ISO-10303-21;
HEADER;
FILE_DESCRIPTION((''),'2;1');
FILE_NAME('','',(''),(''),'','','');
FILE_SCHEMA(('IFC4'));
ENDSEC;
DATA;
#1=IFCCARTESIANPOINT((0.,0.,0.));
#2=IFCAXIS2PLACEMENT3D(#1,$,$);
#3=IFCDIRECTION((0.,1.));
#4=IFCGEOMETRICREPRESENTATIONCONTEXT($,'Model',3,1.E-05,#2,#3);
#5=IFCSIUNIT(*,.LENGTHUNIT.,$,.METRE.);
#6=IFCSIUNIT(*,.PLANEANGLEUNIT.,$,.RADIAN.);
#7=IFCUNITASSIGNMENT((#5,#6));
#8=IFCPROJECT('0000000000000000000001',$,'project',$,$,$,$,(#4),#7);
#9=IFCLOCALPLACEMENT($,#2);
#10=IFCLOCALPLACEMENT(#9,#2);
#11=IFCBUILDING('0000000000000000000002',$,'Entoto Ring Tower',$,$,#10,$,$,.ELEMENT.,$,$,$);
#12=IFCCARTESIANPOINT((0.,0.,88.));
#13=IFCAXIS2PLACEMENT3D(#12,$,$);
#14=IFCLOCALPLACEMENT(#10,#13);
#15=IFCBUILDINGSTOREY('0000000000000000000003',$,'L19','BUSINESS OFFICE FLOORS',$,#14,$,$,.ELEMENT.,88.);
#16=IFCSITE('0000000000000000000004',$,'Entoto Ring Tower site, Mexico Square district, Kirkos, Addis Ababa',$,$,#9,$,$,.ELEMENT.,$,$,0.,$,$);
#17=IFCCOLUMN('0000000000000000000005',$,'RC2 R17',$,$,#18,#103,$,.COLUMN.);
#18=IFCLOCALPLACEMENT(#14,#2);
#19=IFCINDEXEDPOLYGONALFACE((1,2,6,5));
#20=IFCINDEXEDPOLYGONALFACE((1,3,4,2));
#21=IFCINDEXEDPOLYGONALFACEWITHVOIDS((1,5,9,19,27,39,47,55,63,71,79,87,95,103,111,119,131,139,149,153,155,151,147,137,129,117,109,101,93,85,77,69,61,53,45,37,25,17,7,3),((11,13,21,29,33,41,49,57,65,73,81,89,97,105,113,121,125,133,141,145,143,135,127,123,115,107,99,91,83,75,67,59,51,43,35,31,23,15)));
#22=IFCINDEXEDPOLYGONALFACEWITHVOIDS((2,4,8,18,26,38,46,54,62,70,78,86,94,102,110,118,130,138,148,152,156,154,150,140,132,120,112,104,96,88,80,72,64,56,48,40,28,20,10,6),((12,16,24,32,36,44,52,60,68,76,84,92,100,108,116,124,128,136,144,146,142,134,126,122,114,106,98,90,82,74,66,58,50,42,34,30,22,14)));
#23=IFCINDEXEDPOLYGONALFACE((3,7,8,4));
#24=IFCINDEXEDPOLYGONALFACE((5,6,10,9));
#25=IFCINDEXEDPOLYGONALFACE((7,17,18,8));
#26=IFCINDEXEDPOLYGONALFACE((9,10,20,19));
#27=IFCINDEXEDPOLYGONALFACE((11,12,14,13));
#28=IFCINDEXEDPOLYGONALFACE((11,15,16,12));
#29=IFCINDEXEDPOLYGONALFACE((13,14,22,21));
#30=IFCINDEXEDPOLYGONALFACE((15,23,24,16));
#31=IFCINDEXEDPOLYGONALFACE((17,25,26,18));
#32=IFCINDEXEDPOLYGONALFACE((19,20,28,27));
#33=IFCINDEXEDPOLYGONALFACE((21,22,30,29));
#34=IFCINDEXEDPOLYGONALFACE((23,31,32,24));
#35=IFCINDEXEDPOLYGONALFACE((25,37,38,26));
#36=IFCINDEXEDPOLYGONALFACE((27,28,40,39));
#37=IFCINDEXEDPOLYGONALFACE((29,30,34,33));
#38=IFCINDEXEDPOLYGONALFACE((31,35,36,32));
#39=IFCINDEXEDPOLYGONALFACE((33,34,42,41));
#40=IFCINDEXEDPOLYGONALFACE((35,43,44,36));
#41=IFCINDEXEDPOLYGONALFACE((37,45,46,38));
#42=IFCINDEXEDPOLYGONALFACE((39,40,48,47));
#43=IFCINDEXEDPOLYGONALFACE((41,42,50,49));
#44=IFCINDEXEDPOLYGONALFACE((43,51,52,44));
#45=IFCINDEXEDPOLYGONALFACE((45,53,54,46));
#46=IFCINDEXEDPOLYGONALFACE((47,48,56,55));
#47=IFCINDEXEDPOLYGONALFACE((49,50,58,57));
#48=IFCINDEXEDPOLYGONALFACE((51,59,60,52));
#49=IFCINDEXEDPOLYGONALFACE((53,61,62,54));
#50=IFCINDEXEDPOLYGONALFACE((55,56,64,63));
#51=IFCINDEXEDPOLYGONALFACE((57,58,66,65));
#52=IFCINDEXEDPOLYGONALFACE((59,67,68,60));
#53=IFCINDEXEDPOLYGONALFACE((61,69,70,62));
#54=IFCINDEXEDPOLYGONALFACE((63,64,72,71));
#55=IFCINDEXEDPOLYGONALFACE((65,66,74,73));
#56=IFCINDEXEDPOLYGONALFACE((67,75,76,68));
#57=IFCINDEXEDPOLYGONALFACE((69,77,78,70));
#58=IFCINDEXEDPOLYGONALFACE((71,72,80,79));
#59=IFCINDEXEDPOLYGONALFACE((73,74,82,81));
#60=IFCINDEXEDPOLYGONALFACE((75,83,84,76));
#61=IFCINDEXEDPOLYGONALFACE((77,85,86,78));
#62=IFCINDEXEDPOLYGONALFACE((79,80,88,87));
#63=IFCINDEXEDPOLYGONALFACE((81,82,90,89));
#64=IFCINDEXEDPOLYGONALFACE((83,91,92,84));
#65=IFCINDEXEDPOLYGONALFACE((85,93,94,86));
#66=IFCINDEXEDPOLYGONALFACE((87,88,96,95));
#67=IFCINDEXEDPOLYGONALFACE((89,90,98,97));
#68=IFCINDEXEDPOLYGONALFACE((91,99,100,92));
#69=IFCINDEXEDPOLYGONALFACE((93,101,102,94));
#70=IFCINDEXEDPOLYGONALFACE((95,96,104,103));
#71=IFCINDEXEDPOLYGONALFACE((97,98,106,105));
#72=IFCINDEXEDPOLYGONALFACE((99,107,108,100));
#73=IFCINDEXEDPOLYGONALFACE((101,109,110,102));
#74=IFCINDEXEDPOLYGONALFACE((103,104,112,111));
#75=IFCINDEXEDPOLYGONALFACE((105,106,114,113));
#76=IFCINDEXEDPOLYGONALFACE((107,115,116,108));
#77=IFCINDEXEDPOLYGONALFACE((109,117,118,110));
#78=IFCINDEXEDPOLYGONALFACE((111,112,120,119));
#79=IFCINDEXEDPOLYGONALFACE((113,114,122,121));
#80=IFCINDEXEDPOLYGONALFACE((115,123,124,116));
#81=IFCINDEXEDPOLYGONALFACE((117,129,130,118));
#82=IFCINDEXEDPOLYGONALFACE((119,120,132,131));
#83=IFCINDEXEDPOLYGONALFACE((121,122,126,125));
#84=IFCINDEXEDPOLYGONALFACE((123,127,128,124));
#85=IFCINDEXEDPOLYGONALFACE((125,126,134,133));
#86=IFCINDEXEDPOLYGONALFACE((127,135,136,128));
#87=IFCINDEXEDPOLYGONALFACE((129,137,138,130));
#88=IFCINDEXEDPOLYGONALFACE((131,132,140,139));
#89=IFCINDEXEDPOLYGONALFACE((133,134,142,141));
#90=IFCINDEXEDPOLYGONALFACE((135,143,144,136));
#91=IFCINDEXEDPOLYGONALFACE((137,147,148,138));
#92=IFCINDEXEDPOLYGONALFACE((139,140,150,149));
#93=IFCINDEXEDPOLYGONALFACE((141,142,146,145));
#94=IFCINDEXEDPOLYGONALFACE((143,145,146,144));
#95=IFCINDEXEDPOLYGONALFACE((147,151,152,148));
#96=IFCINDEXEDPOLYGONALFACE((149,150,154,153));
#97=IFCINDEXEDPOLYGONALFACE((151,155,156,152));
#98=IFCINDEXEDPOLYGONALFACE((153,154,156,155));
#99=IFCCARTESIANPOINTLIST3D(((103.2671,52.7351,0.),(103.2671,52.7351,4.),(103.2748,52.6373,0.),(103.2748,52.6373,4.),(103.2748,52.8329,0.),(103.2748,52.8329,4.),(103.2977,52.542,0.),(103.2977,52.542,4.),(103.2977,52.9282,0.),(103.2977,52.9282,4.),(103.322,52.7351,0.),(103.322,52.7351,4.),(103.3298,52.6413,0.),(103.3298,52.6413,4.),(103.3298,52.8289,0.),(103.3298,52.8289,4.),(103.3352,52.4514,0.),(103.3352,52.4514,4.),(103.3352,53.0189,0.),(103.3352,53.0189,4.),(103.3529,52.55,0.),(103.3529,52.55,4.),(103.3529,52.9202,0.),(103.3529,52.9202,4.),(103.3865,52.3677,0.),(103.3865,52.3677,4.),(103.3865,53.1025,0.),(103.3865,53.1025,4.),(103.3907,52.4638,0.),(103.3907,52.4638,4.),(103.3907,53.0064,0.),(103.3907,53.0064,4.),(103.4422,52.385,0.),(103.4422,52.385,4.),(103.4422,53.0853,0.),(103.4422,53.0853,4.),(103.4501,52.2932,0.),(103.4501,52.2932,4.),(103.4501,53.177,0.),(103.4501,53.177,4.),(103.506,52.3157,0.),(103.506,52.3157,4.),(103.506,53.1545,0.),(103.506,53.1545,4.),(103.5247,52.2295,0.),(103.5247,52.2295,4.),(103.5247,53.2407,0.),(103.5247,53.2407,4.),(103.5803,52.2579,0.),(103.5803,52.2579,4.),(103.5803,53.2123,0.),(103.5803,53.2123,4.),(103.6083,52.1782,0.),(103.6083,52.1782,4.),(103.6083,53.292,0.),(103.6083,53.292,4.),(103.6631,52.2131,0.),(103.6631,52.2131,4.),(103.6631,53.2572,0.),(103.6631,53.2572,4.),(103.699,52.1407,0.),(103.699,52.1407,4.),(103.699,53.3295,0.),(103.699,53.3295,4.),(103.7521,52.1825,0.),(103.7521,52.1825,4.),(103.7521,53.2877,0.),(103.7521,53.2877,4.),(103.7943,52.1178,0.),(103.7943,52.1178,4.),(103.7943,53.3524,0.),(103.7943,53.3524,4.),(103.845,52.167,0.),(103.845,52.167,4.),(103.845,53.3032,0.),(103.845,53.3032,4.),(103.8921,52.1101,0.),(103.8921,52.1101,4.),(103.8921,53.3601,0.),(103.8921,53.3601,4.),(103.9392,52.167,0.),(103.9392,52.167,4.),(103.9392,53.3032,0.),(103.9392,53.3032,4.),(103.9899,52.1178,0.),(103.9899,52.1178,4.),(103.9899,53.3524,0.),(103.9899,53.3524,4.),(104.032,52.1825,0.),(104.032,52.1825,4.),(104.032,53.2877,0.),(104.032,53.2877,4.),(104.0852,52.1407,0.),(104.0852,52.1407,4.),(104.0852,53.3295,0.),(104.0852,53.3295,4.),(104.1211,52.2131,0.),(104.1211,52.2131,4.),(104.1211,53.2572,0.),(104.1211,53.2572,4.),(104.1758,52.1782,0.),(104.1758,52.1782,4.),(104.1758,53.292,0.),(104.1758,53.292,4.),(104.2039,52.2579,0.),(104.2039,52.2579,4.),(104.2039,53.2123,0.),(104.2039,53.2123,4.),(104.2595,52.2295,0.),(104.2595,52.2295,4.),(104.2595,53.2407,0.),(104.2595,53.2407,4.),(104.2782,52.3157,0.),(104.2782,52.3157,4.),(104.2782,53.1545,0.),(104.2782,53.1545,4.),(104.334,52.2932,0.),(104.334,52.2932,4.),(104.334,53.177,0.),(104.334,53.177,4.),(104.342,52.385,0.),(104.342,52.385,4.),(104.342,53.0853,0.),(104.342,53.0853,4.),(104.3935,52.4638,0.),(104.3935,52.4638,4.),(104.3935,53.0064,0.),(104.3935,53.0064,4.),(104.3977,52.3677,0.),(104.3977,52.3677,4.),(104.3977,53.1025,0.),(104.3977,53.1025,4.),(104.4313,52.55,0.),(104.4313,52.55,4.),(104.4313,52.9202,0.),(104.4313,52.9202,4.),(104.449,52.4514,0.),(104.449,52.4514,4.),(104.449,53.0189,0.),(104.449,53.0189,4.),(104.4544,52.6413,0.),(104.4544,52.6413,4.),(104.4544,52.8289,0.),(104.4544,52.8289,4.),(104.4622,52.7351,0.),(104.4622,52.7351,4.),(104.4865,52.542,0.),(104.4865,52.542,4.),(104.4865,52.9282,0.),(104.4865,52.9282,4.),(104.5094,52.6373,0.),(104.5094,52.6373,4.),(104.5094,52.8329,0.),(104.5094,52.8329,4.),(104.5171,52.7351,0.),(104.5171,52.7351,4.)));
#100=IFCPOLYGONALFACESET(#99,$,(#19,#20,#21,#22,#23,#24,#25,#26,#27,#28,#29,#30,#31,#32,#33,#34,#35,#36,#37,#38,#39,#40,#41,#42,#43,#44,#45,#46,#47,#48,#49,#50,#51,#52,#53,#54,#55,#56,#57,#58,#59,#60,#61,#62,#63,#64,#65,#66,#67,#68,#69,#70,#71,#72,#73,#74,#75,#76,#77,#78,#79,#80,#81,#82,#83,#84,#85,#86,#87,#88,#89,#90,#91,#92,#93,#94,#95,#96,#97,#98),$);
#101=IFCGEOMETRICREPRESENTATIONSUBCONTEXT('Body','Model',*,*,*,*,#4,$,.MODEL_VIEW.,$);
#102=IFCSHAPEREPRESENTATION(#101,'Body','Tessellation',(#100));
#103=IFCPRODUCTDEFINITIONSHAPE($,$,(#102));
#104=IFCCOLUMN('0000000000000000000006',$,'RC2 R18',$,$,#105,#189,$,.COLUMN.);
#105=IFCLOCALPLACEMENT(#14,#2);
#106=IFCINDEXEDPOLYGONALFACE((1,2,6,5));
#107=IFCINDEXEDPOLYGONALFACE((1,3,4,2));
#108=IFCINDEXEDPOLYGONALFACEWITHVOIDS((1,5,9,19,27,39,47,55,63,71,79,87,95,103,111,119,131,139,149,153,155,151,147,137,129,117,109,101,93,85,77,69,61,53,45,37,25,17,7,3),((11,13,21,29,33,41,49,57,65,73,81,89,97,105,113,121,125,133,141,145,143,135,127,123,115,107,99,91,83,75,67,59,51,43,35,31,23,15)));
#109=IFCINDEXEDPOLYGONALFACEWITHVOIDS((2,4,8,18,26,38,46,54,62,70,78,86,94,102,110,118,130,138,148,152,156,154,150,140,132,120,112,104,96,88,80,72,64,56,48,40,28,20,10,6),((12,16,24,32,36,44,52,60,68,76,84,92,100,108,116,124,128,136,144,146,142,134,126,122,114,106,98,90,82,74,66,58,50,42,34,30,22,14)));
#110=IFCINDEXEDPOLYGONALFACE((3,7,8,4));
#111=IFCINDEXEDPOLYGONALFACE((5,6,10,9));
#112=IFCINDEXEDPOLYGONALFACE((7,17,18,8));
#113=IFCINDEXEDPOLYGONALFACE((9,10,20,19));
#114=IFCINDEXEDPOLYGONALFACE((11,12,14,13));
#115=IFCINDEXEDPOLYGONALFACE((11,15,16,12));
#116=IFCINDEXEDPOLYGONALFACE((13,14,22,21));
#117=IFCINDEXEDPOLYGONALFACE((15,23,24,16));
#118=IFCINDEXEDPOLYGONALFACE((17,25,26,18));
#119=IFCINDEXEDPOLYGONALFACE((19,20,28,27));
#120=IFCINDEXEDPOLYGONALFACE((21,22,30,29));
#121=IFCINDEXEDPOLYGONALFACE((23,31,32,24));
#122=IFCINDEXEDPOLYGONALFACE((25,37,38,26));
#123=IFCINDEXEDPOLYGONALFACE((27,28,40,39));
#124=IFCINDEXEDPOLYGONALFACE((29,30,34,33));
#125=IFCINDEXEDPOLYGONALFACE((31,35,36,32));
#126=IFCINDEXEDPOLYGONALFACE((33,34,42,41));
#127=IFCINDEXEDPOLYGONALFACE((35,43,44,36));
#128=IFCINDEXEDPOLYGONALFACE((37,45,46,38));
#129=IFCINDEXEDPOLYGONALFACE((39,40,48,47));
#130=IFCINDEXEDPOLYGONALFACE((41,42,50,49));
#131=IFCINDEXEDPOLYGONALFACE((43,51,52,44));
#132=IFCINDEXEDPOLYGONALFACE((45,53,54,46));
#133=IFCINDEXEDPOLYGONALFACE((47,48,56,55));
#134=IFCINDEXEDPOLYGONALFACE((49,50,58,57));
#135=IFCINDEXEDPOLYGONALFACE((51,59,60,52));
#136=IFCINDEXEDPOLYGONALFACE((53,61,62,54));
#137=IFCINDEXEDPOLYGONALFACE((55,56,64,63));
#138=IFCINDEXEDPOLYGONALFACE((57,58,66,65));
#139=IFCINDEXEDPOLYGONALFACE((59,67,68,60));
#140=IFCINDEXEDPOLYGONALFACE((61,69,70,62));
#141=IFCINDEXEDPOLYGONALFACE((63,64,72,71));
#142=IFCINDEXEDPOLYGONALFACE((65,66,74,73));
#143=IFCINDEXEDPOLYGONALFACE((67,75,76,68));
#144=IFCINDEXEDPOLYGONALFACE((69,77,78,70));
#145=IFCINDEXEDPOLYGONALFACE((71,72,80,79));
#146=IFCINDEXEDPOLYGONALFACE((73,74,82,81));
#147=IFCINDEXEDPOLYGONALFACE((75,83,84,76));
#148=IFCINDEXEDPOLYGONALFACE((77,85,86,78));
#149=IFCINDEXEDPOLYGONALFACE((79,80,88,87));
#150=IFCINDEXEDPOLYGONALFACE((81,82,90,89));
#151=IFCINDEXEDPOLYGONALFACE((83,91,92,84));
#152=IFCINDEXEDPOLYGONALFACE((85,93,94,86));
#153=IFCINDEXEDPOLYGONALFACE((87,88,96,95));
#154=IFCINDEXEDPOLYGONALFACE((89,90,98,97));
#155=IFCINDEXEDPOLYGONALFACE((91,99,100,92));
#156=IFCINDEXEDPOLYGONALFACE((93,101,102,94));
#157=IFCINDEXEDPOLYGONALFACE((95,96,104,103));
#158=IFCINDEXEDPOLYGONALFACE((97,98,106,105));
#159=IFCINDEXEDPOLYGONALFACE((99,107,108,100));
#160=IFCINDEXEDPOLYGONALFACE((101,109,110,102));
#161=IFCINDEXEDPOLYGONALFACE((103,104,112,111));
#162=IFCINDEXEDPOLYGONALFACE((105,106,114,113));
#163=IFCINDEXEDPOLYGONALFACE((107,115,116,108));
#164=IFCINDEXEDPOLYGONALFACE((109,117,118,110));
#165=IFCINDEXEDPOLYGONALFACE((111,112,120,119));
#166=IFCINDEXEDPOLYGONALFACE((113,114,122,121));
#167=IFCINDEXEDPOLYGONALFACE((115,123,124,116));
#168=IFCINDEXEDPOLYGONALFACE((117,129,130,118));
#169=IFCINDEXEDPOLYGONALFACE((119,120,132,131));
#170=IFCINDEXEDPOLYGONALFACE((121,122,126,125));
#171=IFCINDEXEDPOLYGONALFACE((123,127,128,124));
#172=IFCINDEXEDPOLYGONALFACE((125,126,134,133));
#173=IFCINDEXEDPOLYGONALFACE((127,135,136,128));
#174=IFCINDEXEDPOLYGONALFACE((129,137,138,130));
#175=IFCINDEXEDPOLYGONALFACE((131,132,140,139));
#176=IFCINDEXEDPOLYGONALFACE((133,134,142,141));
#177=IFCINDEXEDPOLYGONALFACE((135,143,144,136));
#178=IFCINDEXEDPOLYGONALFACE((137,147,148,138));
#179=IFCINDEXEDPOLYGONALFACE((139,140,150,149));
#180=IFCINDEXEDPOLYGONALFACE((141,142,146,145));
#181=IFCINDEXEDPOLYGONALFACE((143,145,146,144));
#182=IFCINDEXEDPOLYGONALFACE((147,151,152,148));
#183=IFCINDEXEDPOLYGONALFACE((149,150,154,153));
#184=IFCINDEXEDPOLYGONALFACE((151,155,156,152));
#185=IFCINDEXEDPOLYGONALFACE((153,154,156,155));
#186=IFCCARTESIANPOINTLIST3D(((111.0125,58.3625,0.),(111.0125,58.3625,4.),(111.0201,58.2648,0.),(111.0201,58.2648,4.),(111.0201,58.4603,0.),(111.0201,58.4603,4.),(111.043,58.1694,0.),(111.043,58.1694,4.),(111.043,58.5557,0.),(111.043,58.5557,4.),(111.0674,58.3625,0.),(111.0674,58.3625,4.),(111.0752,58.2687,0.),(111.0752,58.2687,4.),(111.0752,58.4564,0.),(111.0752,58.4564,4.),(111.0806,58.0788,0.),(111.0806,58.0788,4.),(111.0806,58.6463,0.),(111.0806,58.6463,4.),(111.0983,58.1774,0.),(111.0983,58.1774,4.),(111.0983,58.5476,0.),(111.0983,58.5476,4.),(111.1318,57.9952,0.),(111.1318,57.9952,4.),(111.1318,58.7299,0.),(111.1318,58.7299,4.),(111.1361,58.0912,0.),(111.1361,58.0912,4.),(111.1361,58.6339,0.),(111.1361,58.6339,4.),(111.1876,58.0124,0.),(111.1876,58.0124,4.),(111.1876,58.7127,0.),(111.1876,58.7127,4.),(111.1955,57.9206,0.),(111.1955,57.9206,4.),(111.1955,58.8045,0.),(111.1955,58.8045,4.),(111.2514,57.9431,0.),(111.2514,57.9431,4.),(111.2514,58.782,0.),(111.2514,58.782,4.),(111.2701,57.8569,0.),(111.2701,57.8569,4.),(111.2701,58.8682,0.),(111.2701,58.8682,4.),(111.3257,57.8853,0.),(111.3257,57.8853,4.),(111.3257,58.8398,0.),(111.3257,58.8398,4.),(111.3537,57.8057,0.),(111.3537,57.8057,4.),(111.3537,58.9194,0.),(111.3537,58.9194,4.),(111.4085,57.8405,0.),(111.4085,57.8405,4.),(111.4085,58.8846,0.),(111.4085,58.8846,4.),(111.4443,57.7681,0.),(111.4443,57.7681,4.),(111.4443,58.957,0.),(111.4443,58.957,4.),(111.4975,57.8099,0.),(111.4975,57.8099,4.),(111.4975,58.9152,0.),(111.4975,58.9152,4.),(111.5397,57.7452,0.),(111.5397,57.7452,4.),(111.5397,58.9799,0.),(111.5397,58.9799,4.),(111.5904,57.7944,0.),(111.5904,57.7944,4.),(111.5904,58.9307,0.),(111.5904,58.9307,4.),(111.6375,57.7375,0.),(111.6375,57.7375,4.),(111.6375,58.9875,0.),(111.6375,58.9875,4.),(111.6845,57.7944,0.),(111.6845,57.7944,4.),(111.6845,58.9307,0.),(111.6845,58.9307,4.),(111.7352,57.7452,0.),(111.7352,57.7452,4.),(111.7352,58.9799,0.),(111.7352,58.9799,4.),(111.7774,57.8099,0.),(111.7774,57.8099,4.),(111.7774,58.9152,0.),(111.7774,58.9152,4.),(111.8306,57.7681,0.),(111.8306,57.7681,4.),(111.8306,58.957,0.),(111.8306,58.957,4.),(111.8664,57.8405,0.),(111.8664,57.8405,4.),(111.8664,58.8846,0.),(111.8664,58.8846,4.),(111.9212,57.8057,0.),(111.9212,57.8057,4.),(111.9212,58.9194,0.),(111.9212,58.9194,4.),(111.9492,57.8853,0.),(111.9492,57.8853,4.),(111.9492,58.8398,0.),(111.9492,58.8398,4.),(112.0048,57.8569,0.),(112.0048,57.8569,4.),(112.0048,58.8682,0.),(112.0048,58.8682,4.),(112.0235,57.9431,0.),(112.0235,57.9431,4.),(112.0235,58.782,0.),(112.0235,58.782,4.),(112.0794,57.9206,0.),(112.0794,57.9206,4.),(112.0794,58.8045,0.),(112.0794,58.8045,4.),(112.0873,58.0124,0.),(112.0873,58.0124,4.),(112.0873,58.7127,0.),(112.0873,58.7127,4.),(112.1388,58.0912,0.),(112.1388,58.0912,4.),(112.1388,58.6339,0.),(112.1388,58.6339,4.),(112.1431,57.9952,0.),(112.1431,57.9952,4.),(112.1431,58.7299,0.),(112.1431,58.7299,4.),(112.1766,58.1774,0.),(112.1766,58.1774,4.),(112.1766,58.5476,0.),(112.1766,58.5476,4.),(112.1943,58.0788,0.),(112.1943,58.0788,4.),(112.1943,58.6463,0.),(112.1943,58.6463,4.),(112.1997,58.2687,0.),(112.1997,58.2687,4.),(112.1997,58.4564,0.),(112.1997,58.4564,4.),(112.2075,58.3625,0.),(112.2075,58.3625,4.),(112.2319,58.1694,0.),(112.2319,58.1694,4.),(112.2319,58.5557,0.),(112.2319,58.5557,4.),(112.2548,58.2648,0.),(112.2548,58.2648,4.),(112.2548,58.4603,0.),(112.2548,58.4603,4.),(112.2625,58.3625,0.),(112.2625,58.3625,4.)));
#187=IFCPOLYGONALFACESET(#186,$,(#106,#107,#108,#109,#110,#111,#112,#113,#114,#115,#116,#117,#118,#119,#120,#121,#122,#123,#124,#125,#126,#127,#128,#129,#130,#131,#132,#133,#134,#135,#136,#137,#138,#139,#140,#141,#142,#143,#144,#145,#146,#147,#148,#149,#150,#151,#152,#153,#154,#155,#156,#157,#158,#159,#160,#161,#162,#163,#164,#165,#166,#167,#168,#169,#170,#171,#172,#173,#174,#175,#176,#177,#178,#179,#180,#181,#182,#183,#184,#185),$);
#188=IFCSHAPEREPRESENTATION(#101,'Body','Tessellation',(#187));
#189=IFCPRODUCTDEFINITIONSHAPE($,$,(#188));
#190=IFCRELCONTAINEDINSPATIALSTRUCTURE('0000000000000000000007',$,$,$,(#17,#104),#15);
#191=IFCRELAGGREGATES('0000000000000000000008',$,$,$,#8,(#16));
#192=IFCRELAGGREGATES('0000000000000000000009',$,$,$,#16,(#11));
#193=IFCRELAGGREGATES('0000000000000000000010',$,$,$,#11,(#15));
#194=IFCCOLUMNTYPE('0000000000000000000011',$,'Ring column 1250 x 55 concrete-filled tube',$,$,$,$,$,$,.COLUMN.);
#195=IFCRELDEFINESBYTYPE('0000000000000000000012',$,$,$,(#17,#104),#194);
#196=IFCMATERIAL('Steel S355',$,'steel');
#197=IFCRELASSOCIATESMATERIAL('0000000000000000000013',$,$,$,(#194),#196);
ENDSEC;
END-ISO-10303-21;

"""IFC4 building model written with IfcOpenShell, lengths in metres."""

from ifc_helpers import new_model, si_unit, direction, frame, origin, origin_2d, place, context, subcontext, project, spatial, circle, hollow_circle, extrude, material, material_profile, profile_set, type_object, element, save


model = new_model("IFC4")

# Units and contexts
model_context = context("Model", 3, precision=1e-05, world=origin(), true_north=direction((0.0, 1.0)))
body_context = subcontext(model_context, "Body", "Model", "MODEL_VIEW")
ifc_project = project(units=[si_unit("LENGTHUNIT", "METRE"), si_unit("PLANEANGLEUNIT", "RADIAN")], contexts=[model_context])

# Site, building, storey
site_placement = place(None, origin())
site = spatial("IfcSite", under=ifc_project, at=site_placement, Name="Entoto Ring Tower site, Mexico Square district, Kirkos, Addis Ababa", CompositionType="ELEMENT", RefElevation=0.0)
building_placement = place(site_placement, origin())
building = spatial("IfcBuilding", under=site, at=building_placement, Name="Entoto Ring Tower", CompositionType="ELEMENT")
storey_placement = place(building_placement, frame((0.0, 0.0, 88.0)))
storey = spatial("IfcBuildingStorey", under=building, at=storey_placement, Name="L19", Description="BUSINESS OFFICE FLOORS", CompositionType="ELEMENT", Elevation=88.0)

# Columns
ifc_material_1 = material(Name="Steel S355", Category="steel")
ifc_material_profile_1 = material_profile(ifc_material_1, hollow_circle(Radius=0.625, WallThickness=0.0549, at=origin_2d()), Name="CHS 1250 x 55")
ifc_material_2 = material(Name="Concrete C60/75", Category="concrete")
ifc_material_profile_2 = material_profile(ifc_material_2, circle(Radius=0.5701, at=origin_2d()), Name="Concrete C60/75 infill")
ifc_profile_set_1 = profile_set([ifc_material_profile_1, ifc_material_profile_2], Name="Steel S355")
column_type = type_object("IfcColumnType", Name="Ring column 1250 x 55 concrete-filled tube", PredefinedType="COLUMN", material=ifc_profile_set_1)
for number, where, z_axis, x_axis, name in (
    (1, (103.8921, 52.7351, 0.0), (0.0, 0.0, 1.0), (1.0, 0.0, 0.0), "RC2 R17"),
    (2, (111.6375, 58.3625, 0.0), (0.0, 0.0, 1.0), (1.0, 0.0, 0.0), "RC2 R18"),
):
    element("IfcColumn", number, at=place(storey_placement, frame(where, z_axis=z_axis, x_axis=x_axis)), inside=storey, type_object=column_type, Name=name, PredefinedType="COLUMN", context=body_context, shape_type="SweptSolid", body=[
        extrude(hollow_circle(Radius=0.625, WallThickness=0.0549, at=origin_2d()), origin(), (0.0, 0.0, 1.0), 4.0),
    ])

save(model, "model.ifc")
